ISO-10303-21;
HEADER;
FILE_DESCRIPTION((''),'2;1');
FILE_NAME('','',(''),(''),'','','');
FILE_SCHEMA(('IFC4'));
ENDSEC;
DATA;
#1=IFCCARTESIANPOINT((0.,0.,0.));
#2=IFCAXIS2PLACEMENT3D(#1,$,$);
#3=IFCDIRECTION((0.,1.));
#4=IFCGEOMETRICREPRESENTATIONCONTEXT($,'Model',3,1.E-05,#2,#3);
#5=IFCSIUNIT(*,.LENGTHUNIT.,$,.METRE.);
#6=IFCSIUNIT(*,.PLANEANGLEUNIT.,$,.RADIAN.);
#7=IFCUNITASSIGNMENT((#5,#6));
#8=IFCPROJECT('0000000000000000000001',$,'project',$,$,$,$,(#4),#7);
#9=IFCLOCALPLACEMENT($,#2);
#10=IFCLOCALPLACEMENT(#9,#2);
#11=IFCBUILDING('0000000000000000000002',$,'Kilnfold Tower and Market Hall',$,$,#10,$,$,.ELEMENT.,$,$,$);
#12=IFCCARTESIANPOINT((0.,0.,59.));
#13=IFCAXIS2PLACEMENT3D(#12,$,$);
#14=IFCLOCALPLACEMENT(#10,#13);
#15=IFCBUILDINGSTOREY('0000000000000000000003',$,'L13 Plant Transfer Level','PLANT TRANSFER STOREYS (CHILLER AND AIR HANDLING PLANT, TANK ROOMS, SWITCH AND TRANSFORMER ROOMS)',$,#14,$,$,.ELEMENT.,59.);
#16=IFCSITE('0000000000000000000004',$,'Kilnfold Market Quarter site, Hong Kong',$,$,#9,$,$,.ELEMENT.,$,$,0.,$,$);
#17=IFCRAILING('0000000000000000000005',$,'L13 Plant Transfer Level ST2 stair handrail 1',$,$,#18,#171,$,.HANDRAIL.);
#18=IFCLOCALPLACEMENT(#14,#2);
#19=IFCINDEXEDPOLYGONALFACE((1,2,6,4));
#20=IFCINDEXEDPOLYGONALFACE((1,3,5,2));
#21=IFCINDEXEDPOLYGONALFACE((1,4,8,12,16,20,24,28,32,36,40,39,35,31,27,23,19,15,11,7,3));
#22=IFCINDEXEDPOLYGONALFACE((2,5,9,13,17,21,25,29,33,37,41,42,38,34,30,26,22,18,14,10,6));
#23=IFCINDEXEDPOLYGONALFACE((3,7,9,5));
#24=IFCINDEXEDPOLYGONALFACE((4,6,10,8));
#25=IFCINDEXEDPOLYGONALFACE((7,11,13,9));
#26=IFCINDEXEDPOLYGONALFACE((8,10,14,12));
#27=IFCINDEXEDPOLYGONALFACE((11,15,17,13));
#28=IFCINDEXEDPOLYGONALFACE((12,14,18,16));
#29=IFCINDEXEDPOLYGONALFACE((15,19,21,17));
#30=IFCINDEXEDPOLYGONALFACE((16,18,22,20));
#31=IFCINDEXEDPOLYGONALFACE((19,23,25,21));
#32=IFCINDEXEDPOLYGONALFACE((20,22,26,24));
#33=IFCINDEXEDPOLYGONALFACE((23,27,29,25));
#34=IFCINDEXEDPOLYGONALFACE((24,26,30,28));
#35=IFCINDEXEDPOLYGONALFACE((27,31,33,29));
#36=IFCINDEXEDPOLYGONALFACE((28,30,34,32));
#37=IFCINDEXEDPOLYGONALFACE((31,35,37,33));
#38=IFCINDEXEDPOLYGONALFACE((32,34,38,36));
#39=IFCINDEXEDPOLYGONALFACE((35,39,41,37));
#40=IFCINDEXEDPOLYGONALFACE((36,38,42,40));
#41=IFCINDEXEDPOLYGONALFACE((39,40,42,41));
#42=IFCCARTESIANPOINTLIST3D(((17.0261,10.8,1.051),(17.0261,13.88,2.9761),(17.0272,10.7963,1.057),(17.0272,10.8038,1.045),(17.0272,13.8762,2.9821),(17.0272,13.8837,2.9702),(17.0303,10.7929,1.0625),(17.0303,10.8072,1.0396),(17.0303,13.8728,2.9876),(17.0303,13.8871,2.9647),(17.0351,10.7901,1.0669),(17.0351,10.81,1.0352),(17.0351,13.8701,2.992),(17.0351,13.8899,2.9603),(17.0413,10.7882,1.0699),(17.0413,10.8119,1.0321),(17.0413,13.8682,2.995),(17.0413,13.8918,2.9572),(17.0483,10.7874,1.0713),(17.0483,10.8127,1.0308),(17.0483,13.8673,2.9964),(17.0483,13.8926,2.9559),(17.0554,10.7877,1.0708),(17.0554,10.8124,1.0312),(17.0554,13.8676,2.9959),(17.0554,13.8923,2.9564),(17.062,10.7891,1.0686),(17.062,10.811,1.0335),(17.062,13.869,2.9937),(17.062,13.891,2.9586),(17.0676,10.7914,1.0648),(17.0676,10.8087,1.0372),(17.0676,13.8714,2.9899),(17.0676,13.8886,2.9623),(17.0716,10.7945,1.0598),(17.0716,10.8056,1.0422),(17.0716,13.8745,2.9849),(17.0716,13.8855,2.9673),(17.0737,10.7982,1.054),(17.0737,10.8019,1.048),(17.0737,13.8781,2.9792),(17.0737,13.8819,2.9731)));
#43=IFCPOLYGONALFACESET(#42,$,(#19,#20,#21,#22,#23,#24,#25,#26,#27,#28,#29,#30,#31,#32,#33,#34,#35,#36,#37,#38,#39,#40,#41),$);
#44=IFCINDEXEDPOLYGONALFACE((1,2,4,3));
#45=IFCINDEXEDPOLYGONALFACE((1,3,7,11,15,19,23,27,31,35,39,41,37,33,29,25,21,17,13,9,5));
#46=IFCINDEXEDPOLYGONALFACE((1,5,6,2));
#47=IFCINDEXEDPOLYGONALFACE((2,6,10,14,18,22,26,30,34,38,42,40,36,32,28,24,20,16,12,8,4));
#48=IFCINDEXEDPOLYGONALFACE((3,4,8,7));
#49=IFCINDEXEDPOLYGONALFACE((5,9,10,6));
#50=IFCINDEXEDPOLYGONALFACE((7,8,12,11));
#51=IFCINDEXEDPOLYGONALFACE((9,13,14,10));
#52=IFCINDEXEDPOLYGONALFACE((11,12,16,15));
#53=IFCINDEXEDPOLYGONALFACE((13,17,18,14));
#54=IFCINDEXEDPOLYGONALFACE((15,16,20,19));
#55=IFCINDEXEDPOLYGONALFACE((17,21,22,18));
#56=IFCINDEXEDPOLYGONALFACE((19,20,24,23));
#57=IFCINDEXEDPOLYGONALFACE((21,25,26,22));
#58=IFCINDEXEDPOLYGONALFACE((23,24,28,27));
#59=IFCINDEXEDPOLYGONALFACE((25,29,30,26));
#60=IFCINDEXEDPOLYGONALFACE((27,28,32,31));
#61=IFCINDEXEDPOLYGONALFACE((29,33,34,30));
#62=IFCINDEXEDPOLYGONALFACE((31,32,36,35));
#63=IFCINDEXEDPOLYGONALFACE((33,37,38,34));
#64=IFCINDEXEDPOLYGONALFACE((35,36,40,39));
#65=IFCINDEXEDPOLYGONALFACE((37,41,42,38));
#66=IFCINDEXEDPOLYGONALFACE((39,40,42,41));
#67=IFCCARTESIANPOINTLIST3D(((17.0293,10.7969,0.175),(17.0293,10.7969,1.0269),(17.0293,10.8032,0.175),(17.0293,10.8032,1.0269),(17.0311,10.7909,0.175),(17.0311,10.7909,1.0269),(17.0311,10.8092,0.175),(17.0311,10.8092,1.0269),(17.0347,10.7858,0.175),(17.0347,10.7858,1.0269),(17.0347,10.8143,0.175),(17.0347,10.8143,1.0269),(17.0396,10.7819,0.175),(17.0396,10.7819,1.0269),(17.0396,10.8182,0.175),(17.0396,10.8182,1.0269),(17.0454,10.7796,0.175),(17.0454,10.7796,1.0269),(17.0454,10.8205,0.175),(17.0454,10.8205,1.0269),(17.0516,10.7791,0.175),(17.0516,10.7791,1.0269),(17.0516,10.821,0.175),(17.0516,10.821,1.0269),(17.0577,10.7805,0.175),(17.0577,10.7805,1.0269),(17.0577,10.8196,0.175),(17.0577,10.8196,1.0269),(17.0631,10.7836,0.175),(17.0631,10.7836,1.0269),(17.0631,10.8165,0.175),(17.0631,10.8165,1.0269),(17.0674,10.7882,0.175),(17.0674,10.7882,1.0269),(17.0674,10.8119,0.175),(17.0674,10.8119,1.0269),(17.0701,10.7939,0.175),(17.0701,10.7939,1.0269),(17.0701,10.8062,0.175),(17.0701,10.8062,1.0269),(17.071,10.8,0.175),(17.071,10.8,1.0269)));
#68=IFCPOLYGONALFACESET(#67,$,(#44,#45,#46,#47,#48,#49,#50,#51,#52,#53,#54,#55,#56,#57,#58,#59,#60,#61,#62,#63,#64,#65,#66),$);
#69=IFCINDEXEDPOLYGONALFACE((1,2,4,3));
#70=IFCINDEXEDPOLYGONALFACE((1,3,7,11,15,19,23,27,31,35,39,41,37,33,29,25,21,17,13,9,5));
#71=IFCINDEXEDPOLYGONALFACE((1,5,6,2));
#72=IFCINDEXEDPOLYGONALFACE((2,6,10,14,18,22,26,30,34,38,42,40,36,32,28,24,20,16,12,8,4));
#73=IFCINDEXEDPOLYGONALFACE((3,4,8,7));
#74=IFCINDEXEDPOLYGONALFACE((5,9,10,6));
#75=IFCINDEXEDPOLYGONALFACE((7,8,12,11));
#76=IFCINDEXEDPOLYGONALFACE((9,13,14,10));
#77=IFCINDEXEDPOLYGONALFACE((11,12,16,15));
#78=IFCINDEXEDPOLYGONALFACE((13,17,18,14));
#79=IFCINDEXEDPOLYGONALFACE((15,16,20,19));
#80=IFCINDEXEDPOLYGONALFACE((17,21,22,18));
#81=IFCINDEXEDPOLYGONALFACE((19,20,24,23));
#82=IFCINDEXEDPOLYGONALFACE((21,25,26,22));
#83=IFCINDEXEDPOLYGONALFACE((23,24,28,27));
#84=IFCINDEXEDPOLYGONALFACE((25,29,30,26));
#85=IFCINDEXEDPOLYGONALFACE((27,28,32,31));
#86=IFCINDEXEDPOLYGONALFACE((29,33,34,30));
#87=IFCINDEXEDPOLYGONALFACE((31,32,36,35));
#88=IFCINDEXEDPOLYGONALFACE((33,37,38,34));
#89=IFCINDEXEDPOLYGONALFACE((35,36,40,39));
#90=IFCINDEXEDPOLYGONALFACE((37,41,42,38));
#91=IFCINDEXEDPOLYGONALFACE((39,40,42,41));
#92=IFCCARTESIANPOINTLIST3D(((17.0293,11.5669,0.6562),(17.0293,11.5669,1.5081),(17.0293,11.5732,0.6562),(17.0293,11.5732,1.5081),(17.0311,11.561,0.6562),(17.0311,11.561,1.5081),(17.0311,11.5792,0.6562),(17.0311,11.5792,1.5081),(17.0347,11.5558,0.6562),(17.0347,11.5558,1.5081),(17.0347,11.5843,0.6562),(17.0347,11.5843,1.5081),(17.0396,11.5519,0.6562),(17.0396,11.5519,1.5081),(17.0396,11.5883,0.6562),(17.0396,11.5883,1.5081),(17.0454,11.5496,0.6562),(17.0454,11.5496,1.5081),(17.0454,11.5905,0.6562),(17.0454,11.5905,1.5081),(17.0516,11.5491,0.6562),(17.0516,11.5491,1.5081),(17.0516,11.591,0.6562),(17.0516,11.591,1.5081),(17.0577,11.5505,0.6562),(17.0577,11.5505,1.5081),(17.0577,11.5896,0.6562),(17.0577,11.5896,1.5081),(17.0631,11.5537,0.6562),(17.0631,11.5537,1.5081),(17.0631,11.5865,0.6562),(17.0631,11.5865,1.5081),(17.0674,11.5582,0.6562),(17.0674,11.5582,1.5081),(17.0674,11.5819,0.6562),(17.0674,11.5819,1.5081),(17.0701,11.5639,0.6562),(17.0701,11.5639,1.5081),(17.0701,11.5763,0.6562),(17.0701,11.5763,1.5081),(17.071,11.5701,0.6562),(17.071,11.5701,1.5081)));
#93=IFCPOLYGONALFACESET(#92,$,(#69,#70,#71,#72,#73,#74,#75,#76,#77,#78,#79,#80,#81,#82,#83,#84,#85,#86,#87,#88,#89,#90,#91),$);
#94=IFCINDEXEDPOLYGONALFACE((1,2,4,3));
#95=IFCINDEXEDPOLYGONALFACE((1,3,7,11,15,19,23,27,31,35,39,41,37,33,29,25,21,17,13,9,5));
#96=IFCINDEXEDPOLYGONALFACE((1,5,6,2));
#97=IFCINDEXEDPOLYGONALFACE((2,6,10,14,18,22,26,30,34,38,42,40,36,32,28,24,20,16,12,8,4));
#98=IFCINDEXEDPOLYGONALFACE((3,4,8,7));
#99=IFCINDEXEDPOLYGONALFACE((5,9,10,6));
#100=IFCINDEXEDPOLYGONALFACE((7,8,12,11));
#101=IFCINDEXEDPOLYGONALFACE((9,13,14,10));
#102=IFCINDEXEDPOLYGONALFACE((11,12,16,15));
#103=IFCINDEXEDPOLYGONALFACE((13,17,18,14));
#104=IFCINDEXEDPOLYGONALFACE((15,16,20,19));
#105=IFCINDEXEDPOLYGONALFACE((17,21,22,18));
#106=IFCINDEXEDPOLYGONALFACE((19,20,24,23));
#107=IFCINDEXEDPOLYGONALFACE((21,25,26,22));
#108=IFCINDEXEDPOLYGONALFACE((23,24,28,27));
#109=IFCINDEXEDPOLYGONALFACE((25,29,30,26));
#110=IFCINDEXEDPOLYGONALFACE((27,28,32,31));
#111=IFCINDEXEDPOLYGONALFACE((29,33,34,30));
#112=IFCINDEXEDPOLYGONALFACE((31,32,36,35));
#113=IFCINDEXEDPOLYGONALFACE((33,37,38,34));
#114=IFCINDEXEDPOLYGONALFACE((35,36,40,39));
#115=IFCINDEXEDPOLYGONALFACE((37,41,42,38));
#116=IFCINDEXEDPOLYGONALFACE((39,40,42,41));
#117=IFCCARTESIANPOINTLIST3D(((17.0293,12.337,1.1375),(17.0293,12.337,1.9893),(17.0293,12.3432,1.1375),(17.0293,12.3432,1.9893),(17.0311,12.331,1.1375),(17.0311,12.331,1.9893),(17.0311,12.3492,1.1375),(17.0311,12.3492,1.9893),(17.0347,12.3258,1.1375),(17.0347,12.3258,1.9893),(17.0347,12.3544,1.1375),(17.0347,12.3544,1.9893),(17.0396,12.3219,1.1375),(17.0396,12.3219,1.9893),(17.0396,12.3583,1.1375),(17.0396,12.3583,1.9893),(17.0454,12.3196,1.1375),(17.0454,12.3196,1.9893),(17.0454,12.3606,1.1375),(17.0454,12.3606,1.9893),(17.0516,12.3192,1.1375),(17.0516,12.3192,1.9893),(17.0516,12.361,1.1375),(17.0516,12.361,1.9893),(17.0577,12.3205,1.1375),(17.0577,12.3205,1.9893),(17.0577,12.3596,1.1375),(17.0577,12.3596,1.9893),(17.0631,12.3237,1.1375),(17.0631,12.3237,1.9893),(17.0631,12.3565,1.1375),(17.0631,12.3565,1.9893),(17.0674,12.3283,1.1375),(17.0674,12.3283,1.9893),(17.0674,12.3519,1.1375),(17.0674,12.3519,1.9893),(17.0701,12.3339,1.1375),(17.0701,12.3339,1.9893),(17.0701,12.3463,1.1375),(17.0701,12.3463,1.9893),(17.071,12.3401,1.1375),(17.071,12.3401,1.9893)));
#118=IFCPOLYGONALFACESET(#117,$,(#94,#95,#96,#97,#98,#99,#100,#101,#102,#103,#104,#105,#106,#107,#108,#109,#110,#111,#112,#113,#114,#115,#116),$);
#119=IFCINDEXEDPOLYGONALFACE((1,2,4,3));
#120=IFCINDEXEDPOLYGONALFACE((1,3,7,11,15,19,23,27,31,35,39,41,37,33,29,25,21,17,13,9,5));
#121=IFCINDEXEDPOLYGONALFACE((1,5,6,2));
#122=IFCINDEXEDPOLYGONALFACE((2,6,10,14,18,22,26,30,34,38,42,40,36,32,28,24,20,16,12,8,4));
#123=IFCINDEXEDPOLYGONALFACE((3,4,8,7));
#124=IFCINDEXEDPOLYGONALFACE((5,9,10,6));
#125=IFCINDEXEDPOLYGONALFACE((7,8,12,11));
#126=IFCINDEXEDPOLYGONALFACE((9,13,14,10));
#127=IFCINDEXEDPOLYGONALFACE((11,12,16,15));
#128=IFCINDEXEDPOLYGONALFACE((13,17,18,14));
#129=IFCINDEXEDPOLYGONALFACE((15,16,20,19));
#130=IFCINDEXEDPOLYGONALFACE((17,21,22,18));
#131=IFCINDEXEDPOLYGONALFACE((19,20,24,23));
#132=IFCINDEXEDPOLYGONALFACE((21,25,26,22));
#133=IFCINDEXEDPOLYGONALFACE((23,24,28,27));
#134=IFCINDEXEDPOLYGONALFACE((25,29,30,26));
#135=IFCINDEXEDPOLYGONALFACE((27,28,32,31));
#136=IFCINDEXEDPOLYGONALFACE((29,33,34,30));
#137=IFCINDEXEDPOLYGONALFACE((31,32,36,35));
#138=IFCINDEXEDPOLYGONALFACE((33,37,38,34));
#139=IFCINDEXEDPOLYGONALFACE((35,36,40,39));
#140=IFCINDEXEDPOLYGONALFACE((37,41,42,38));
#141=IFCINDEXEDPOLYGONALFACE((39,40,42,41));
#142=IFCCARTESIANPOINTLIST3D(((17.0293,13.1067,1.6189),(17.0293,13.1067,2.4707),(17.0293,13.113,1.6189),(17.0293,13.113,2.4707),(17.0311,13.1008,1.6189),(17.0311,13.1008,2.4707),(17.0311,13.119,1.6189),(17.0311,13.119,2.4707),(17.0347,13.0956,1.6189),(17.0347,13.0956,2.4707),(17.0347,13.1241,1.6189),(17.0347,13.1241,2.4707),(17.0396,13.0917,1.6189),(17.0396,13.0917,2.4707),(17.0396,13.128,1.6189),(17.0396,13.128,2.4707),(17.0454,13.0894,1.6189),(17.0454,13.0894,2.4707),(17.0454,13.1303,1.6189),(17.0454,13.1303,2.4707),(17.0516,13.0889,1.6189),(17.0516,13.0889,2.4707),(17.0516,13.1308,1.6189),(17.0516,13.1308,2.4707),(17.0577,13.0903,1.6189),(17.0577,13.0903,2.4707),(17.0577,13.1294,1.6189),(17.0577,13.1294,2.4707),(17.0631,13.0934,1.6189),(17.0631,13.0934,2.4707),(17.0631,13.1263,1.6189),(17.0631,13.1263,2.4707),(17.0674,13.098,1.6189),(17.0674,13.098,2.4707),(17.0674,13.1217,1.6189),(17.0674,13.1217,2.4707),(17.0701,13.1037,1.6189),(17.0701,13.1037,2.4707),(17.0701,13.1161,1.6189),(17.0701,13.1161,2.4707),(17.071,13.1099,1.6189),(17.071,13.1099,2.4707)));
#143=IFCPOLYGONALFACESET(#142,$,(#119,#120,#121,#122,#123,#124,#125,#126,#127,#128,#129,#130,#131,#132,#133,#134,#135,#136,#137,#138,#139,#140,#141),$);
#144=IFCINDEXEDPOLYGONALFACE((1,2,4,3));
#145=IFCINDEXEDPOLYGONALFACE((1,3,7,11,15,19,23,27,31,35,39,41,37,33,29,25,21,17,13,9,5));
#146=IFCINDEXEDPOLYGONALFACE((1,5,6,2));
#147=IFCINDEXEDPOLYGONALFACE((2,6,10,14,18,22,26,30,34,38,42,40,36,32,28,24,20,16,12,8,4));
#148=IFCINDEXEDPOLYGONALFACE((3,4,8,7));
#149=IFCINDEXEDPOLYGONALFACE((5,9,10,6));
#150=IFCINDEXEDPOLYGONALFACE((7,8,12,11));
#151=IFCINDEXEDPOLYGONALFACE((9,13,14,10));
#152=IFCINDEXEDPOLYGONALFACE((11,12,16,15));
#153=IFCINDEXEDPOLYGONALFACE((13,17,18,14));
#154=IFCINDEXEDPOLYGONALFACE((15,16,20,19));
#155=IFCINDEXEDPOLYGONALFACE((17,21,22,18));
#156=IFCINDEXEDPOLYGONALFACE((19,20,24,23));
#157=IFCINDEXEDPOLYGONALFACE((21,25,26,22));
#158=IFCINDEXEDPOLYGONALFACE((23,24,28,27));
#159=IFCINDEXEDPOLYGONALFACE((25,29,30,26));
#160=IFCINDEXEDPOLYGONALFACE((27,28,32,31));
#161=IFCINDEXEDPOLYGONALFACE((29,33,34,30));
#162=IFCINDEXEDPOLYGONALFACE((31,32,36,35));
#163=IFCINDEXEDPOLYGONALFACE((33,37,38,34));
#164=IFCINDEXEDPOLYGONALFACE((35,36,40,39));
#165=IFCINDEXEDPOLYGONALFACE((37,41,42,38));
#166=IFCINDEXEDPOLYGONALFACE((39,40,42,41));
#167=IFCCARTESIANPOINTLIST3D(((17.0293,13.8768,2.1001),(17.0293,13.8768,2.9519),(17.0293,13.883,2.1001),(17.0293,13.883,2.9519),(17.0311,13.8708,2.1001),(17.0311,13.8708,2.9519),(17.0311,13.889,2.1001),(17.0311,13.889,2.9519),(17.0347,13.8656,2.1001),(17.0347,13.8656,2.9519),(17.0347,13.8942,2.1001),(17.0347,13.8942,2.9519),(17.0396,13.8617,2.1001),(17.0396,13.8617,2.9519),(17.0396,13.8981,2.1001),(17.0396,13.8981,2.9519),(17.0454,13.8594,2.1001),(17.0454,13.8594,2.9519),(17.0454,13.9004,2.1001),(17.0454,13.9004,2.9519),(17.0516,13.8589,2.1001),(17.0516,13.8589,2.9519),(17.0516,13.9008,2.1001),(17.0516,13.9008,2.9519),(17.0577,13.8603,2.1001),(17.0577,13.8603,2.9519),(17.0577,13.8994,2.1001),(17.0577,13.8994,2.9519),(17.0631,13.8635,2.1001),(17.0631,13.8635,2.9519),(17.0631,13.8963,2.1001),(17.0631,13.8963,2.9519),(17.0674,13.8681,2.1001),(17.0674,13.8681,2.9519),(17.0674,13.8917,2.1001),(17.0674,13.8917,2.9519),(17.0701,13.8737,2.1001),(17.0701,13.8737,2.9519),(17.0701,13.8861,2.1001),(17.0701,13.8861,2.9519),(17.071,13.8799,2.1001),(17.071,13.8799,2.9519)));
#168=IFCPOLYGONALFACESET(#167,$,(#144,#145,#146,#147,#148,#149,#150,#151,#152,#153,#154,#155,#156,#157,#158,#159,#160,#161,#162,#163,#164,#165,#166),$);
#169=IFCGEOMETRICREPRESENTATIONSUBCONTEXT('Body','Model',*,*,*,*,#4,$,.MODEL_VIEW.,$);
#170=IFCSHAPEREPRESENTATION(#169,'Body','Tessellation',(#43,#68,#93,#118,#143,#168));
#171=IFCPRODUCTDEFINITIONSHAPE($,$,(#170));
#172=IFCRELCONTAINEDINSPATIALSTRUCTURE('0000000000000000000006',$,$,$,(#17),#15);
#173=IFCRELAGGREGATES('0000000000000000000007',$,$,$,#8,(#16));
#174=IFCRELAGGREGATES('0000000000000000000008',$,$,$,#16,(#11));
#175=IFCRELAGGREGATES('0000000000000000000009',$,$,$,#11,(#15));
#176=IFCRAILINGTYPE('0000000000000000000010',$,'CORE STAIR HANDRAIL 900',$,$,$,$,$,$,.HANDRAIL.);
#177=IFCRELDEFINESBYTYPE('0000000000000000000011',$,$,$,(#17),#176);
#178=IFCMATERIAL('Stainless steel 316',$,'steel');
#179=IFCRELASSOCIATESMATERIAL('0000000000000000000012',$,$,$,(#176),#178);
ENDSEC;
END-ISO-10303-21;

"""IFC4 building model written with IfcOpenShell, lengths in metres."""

from ifc_helpers import new_model, si_unit, direction, frame, origin, origin_2d, place, context, subcontext, project, spatial, circle, extrude, material, type_object, element, save


model = new_model("IFC4")

# Units and contexts
model_context = context("Model", 3, precision=1e-05, world=origin(), true_north=direction((0.0, 1.0)))
body_context = subcontext(model_context, "Body", "Model", "MODEL_VIEW")
ifc_project = project(units=[si_unit("LENGTHUNIT", "METRE"), si_unit("PLANEANGLEUNIT", "RADIAN")], contexts=[model_context])

# Site, building, storey
site_placement = place(None, origin())
site = spatial("IfcSite", under=ifc_project, at=site_placement, Name="Kilnfold Market Quarter site, Hong Kong", CompositionType="ELEMENT", RefElevation=0.0)
building_placement = place(site_placement, origin())
building = spatial("IfcBuilding", under=site, at=building_placement, Name="Kilnfold Tower and Market Hall", CompositionType="ELEMENT")
storey_placement = place(building_placement, frame((0.0, 0.0, 59.0)))
storey = spatial("IfcBuildingStorey", under=building, at=storey_placement, Name="L13 Plant Transfer Level", Description="PLANT TRANSFER STOREYS (CHILLER AND AIR HANDLING PLANT, TANK ROOMS, SWITCH AND TRANSFORMER ROOMS)", CompositionType="ELEMENT", Elevation=59.0)

# Railing
ifc_material_1 = material(Name="Stainless steel 316", Category="steel")
railing_type_1 = type_object("IfcRailingType", Name="CORE STAIR HANDRAIL 900", PredefinedType="HANDRAIL", material=ifc_material_1)
railing_1_placement = place(storey_placement, frame((17.05, 10.8, 0.175)))
element("IfcRailing", 1, at=railing_1_placement, inside=storey, type_object=railing_type_1, Name="L13 Plant Transfer Level ST2 stair handrail 1", PredefinedType="HANDRAIL", context=body_context, shape_type="SweptSolid", body=[
    extrude(circle(Radius=0.0239, at=origin_2d()), frame((0.0, 0.0, 0.876), z_axis=(0.0, 0.847979, 0.530029), x_axis=(-1.0, 0.0, 0.0)), (0.0, 0.0, 1.0), 3.6321),
    extrude(circle(Radius=0.021, at=origin_2d()), origin(), (0.0, 0.0, 1.0), 0.8518),
    extrude(circle(Radius=0.021, at=origin_2d()), frame((0.0, 0.77, 0.4812)), (0.0, 0.0, 1.0), 0.8518),
    extrude(circle(Radius=0.021, at=origin_2d()), frame((0.0, 1.54, 0.9624)), (0.0, 0.0, 1.0), 0.8518),
    extrude(circle(Radius=0.021, at=origin_2d()), frame((0.0, 2.3098, 1.4438)), (0.0, 0.0, 1.0), 0.8518),
    extrude(circle(Radius=0.021, at=origin_2d()), frame((0.0, 3.0798, 1.925)), (0.0, 0.0, 1.0), 0.8518),
])

save(model, "model.ifc")
